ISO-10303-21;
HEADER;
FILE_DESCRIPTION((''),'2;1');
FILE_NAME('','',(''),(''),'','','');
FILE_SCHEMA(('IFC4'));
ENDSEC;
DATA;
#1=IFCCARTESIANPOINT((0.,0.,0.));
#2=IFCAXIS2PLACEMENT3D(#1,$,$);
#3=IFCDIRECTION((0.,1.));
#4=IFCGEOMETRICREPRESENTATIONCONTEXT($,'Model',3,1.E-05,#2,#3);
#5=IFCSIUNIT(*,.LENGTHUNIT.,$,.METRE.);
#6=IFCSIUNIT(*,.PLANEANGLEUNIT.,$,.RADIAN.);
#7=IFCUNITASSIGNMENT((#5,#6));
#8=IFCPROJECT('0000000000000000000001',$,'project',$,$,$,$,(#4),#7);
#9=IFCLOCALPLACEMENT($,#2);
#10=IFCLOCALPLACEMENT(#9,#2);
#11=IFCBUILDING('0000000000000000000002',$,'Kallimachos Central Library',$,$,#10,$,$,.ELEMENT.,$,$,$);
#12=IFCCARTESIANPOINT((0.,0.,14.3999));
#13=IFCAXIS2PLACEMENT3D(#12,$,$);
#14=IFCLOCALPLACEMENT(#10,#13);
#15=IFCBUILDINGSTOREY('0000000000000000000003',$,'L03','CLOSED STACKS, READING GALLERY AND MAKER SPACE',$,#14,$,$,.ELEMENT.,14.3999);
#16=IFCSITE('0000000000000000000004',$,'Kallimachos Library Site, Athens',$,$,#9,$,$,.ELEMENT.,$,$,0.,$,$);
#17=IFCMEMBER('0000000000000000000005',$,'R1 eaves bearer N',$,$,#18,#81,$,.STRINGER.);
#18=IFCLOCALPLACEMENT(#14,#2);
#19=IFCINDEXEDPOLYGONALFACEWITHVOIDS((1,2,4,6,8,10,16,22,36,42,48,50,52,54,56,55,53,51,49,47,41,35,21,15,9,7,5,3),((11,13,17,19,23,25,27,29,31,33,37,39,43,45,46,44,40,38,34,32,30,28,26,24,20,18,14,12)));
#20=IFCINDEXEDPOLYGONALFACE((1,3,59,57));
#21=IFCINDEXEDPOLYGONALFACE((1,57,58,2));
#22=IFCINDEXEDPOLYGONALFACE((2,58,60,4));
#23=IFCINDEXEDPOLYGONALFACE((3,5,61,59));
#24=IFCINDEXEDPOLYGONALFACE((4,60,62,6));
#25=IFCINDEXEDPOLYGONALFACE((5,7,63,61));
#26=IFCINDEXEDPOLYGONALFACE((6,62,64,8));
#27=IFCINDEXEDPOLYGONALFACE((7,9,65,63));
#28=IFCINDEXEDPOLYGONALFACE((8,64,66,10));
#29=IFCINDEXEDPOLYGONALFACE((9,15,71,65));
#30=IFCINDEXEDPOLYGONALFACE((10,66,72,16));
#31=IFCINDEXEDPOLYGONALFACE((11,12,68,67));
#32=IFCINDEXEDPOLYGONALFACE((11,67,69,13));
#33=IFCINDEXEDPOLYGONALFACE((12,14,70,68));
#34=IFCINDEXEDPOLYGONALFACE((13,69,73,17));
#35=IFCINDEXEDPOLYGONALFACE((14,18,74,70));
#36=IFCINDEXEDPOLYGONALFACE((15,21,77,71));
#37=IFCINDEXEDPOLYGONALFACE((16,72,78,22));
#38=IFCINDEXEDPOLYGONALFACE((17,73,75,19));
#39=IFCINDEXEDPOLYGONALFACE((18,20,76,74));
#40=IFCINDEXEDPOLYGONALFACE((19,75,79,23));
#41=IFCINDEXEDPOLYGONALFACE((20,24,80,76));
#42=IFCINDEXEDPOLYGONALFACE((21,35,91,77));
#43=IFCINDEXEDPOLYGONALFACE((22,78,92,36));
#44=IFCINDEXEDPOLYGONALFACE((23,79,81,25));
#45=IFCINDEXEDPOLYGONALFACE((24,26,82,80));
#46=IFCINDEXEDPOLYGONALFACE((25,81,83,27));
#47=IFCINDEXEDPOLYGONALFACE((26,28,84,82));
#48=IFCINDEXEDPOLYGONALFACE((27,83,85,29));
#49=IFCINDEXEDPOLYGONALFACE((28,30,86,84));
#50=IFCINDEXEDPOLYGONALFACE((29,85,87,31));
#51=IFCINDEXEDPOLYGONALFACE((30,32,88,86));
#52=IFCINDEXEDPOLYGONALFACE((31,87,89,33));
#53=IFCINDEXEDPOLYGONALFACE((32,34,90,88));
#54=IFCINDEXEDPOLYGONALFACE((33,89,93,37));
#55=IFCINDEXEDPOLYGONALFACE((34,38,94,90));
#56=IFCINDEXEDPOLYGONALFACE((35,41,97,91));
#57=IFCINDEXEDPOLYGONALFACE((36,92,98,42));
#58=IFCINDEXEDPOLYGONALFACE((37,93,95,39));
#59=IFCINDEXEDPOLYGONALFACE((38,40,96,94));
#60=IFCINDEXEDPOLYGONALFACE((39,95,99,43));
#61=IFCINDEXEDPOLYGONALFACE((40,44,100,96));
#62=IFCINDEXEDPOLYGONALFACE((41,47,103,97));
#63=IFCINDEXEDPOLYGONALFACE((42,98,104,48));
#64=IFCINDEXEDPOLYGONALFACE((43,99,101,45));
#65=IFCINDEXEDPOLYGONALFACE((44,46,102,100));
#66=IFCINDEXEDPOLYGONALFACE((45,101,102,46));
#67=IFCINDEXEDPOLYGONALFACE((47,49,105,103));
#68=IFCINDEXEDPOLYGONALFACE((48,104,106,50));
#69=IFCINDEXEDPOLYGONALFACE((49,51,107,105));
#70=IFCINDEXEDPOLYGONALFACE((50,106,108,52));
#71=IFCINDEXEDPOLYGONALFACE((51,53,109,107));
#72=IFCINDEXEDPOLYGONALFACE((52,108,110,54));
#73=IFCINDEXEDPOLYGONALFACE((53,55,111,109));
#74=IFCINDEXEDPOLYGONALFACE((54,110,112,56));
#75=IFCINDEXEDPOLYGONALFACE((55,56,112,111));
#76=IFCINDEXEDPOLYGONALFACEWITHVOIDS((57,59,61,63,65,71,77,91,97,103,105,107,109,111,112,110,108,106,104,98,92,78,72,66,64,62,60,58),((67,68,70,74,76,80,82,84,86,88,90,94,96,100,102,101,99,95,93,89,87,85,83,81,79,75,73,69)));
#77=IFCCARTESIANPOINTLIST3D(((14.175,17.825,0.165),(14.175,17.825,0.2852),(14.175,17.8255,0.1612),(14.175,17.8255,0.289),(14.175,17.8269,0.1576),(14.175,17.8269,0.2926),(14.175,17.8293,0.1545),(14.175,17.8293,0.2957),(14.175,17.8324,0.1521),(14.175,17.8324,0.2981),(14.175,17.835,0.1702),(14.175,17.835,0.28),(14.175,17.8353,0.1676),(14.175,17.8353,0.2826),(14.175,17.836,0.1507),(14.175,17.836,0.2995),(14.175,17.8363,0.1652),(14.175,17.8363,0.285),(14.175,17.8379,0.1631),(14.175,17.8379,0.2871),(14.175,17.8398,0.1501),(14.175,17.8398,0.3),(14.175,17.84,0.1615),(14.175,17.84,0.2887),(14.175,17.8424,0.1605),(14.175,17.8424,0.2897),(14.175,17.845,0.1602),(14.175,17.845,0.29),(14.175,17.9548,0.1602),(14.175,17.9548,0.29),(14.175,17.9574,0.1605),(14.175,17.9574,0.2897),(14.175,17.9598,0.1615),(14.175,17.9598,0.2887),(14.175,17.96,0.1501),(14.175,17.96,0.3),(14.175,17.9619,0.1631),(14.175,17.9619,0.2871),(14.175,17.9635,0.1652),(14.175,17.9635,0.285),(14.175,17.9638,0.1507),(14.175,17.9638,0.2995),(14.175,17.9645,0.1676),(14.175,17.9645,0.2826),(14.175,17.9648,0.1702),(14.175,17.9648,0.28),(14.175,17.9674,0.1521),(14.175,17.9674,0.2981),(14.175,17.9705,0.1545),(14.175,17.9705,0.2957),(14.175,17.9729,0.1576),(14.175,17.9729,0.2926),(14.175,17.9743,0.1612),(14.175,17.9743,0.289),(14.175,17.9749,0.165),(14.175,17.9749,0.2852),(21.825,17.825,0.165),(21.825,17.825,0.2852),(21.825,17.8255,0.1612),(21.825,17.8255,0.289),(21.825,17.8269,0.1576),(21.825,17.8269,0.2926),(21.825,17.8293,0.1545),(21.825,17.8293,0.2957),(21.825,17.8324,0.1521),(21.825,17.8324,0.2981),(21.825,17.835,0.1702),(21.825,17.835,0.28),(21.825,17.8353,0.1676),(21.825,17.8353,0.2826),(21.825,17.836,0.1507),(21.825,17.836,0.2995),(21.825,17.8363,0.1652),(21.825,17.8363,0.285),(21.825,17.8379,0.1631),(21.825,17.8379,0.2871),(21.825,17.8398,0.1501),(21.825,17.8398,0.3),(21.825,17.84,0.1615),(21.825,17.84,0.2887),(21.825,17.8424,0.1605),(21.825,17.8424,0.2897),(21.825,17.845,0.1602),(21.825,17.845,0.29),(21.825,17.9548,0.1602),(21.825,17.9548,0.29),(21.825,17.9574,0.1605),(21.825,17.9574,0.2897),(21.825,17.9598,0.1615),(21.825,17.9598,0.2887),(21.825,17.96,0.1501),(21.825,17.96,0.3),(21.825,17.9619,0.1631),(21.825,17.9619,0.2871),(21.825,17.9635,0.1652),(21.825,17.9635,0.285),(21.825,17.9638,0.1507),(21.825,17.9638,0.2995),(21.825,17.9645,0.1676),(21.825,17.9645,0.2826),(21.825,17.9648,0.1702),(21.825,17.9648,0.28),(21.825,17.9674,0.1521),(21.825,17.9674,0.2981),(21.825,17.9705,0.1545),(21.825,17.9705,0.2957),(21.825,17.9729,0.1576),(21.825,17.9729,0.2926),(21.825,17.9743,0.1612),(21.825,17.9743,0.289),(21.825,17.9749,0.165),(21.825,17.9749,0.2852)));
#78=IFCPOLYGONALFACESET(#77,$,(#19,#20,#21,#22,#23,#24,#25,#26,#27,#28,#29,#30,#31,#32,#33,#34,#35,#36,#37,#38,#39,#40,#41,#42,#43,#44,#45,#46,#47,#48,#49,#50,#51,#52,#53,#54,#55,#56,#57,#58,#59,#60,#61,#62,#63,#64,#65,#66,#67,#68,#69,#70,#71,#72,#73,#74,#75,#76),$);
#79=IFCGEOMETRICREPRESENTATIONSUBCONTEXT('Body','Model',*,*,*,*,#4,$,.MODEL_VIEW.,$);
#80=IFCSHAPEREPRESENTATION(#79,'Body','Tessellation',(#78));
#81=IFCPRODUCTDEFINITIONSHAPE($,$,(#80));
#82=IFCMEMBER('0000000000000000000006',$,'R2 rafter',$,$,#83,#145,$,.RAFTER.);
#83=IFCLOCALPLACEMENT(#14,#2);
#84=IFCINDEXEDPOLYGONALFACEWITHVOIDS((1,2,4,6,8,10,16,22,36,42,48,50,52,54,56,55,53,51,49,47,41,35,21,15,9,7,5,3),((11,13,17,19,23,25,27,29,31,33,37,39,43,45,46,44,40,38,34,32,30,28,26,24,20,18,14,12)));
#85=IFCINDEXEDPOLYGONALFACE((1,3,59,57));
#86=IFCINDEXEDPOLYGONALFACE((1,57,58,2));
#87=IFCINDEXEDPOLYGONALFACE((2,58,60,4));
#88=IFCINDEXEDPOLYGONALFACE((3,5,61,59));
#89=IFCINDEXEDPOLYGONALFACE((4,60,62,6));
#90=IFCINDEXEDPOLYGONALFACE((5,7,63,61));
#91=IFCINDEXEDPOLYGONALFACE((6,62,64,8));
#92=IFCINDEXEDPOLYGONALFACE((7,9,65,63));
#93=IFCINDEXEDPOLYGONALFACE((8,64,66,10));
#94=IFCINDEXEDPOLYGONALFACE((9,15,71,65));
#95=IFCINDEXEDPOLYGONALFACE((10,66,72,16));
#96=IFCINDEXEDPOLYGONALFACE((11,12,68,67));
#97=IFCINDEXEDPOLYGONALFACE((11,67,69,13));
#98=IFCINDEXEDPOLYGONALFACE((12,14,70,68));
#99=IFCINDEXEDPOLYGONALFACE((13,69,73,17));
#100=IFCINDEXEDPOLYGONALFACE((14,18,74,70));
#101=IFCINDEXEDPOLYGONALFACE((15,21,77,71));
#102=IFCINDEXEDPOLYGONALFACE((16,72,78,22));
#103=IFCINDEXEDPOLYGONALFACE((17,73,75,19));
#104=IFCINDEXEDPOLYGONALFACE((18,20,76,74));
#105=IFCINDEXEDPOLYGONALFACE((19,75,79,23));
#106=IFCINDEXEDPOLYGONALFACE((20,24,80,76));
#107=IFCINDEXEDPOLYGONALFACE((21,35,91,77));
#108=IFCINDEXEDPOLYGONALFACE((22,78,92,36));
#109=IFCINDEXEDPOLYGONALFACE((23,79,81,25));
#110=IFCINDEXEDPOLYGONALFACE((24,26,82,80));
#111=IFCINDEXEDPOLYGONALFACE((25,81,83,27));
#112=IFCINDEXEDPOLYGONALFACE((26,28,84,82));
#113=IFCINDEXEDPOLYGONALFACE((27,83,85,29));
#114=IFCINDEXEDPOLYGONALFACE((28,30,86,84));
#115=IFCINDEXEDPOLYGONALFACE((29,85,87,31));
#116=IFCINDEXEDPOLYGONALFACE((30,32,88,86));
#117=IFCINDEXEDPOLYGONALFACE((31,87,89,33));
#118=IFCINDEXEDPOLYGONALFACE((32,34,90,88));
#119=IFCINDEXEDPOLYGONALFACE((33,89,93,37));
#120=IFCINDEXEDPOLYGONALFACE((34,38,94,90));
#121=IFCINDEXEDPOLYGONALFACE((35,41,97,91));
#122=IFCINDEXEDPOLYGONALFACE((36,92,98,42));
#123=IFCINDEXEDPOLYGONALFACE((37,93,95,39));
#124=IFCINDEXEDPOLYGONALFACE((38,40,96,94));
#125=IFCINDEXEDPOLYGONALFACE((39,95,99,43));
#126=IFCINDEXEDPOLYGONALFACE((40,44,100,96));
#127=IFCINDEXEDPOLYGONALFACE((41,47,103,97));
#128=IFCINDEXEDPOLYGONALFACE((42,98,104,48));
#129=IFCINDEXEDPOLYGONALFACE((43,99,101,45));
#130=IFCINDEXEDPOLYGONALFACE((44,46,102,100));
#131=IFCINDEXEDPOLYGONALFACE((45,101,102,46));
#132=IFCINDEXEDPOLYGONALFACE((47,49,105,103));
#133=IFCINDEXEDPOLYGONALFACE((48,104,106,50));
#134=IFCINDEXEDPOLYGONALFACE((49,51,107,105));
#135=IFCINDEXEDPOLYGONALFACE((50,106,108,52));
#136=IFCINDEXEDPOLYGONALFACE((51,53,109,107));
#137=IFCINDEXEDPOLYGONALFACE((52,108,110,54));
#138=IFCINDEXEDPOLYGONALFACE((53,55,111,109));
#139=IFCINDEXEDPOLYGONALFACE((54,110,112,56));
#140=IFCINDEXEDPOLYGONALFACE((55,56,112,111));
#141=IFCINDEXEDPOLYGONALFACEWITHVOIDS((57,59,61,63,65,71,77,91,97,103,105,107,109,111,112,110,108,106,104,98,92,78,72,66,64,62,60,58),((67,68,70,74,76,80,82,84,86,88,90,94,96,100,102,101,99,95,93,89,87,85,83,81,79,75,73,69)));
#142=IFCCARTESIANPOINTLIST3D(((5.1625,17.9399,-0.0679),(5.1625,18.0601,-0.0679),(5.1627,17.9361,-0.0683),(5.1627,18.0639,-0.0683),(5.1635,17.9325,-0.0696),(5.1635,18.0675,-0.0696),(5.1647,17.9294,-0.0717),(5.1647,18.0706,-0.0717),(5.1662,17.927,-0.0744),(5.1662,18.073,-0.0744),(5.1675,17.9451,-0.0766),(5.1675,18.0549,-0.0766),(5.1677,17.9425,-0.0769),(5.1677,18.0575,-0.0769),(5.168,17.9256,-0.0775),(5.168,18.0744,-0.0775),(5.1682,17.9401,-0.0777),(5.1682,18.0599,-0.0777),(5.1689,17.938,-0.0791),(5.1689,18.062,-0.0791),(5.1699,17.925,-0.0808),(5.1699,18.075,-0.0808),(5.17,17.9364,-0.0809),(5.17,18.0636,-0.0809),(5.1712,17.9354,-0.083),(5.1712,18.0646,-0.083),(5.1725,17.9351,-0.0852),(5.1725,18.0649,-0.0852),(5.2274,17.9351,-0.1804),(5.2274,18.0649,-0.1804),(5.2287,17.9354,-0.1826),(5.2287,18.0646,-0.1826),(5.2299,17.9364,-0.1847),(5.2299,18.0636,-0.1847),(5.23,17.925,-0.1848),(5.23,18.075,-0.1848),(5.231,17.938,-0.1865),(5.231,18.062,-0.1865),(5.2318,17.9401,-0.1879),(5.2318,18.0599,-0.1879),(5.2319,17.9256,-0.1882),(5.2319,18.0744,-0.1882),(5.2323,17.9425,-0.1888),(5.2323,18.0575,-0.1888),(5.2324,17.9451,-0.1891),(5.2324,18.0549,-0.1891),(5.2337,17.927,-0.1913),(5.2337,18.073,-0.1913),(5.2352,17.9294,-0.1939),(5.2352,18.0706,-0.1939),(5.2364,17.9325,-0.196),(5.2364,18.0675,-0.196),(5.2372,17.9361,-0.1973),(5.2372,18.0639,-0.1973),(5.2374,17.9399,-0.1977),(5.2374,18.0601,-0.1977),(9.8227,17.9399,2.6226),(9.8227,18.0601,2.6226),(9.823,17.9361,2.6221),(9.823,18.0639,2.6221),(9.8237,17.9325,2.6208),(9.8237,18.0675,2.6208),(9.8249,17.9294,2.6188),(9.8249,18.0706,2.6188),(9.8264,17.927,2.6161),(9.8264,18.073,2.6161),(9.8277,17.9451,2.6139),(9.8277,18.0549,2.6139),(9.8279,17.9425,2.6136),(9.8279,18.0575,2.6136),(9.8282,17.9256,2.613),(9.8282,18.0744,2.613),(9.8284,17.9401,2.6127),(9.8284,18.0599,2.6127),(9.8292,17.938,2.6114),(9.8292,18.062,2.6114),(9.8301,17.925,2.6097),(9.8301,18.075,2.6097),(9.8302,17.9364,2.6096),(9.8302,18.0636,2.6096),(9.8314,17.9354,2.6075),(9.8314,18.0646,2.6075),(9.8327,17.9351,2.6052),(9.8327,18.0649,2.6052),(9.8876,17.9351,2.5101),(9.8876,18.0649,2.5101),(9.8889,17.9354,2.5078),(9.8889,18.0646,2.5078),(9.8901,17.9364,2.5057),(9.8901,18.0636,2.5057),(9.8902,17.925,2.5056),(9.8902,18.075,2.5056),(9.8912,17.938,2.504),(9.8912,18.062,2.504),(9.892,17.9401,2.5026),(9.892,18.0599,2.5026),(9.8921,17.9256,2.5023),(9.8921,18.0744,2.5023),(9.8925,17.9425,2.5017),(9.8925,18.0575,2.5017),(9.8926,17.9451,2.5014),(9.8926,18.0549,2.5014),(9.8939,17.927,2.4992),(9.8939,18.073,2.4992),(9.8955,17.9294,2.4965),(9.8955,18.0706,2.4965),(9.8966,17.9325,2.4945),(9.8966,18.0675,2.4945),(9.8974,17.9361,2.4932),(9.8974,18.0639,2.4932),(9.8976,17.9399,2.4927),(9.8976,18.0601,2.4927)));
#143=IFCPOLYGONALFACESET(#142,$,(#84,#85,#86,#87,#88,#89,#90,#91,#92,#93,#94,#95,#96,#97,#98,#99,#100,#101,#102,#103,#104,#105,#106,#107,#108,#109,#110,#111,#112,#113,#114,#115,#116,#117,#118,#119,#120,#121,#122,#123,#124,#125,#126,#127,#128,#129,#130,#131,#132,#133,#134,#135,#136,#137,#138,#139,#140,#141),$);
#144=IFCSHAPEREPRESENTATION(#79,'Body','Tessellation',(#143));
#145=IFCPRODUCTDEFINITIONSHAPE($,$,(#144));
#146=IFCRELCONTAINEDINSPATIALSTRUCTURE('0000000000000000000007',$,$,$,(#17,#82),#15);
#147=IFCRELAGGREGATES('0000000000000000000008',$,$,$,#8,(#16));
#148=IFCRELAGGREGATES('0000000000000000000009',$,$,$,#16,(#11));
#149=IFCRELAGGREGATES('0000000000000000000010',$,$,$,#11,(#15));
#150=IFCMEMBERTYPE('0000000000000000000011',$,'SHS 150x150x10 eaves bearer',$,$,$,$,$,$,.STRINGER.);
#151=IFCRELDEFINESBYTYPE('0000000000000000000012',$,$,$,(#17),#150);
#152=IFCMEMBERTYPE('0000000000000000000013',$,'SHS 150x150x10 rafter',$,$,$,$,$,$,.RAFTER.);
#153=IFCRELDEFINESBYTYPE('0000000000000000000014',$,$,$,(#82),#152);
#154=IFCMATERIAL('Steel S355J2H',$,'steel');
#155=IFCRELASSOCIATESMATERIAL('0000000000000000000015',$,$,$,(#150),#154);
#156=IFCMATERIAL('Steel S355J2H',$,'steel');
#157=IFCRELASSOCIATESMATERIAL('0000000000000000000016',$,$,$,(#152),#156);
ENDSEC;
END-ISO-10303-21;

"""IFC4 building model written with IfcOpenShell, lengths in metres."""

from ifc_helpers import new_model, si_unit, direction, frame, origin, origin_2d, place, context, subcontext, project, spatial, hollow_rectangle, extrude, material, material_profile, profile_set, type_object, element, save


model = new_model("IFC4")

# Units and contexts
model_context = context("Model", 3, precision=1e-05, world=origin(), true_north=direction((0.0, 1.0)))
body_context = subcontext(model_context, "Body", "Model", "MODEL_VIEW")
ifc_project = project(units=[si_unit("LENGTHUNIT", "METRE"), si_unit("PLANEANGLEUNIT", "RADIAN")], contexts=[model_context])

# Site, building, storey
site_placement = place(None, origin())
site = spatial("IfcSite", under=ifc_project, at=site_placement, Name="Kallimachos Library Site, Athens", CompositionType="ELEMENT", RefElevation=0.0)
building_placement = place(site_placement, origin())
building = spatial("IfcBuilding", under=site, at=building_placement, Name="Kallimachos Central Library", CompositionType="ELEMENT")
storey_placement = place(building_placement, frame((0.0, 0.0, 14.3999)))
storey = spatial("IfcBuildingStorey", under=building, at=storey_placement, Name="L03", Description="CLOSED STACKS, READING GALLERY AND MAKER SPACE", CompositionType="ELEMENT", Elevation=14.3999)

# Members
ifc_material_1 = material(Name="Steel S355J2H", Category="steel")
ifc_material_profile_1 = material_profile(ifc_material_1, hollow_rectangle(XDim=0.1499, YDim=0.1499, WallThickness=0.01, InnerFilletRadius=0.01, OuterFilletRadius=0.0149, at=origin_2d()), Name="SHS 150x150x10")
ifc_profile_set_1 = profile_set([ifc_material_profile_1], Name="Steel S355J2H")
member_type_1 = type_object("IfcMemberType", Name="SHS 150x150x10 eaves bearer", PredefinedType="STRINGER", material=ifc_profile_set_1)
member_1_placement = place(storey_placement, frame((14.175, 17.8999, 0.2251), z_axis=(1.0, 0.0, 0.0), x_axis=(0.0, 1.0, 0.0)))
element("IfcMember", 1, at=member_1_placement, inside=storey, type_object=member_type_1, Name="R1 eaves bearer N", PredefinedType="STRINGER", context=body_context, shape_type="SweptSolid", body=[
    extrude(hollow_rectangle(XDim=0.1499, YDim=0.1499, WallThickness=0.01, InnerFilletRadius=0.01, OuterFilletRadius=0.0149, at=origin_2d()), origin(), (0.0, 0.0, 1.0), 7.6499),
])
ifc_material_2 = material(Name="Steel S355J2H", Category="steel")
ifc_material_profile_2 = material_profile(ifc_material_2, hollow_rectangle(XDim=0.1499, YDim=0.1499, WallThickness=0.01, InnerFilletRadius=0.01, OuterFilletRadius=0.0149, at=origin_2d()), Name="SHS 150x150x10")
ifc_profile_set_2 = profile_set([ifc_material_profile_2], Name="Steel S355J2H")
member_type_2 = type_object("IfcMemberType", Name="SHS 150x150x10 rafter", PredefinedType="RAFTER", material=ifc_profile_set_2)
for number, where, z_axis, x_axis, name in (
    (2, (5.2, 18.0, -0.1328), (0.866034, 0.0, 0.499984), (0.0, 1.0, 0.0), "R2 rafter"),
):
    element("IfcMember", number, at=place(storey_placement, frame(where, z_axis=z_axis, x_axis=x_axis)), inside=storey, type_object=member_type_2, Name=name, PredefinedType="RAFTER", context=body_context, shape_type="SweptSolid", body=[
        extrude(hollow_rectangle(XDim=0.1499, YDim=0.1499, WallThickness=0.01, InnerFilletRadius=0.01, OuterFilletRadius=0.0149, at=origin_2d()), origin(), (0.0, 0.0, 1.0), 5.3811),
    ])

save(model, "model.ifc")
